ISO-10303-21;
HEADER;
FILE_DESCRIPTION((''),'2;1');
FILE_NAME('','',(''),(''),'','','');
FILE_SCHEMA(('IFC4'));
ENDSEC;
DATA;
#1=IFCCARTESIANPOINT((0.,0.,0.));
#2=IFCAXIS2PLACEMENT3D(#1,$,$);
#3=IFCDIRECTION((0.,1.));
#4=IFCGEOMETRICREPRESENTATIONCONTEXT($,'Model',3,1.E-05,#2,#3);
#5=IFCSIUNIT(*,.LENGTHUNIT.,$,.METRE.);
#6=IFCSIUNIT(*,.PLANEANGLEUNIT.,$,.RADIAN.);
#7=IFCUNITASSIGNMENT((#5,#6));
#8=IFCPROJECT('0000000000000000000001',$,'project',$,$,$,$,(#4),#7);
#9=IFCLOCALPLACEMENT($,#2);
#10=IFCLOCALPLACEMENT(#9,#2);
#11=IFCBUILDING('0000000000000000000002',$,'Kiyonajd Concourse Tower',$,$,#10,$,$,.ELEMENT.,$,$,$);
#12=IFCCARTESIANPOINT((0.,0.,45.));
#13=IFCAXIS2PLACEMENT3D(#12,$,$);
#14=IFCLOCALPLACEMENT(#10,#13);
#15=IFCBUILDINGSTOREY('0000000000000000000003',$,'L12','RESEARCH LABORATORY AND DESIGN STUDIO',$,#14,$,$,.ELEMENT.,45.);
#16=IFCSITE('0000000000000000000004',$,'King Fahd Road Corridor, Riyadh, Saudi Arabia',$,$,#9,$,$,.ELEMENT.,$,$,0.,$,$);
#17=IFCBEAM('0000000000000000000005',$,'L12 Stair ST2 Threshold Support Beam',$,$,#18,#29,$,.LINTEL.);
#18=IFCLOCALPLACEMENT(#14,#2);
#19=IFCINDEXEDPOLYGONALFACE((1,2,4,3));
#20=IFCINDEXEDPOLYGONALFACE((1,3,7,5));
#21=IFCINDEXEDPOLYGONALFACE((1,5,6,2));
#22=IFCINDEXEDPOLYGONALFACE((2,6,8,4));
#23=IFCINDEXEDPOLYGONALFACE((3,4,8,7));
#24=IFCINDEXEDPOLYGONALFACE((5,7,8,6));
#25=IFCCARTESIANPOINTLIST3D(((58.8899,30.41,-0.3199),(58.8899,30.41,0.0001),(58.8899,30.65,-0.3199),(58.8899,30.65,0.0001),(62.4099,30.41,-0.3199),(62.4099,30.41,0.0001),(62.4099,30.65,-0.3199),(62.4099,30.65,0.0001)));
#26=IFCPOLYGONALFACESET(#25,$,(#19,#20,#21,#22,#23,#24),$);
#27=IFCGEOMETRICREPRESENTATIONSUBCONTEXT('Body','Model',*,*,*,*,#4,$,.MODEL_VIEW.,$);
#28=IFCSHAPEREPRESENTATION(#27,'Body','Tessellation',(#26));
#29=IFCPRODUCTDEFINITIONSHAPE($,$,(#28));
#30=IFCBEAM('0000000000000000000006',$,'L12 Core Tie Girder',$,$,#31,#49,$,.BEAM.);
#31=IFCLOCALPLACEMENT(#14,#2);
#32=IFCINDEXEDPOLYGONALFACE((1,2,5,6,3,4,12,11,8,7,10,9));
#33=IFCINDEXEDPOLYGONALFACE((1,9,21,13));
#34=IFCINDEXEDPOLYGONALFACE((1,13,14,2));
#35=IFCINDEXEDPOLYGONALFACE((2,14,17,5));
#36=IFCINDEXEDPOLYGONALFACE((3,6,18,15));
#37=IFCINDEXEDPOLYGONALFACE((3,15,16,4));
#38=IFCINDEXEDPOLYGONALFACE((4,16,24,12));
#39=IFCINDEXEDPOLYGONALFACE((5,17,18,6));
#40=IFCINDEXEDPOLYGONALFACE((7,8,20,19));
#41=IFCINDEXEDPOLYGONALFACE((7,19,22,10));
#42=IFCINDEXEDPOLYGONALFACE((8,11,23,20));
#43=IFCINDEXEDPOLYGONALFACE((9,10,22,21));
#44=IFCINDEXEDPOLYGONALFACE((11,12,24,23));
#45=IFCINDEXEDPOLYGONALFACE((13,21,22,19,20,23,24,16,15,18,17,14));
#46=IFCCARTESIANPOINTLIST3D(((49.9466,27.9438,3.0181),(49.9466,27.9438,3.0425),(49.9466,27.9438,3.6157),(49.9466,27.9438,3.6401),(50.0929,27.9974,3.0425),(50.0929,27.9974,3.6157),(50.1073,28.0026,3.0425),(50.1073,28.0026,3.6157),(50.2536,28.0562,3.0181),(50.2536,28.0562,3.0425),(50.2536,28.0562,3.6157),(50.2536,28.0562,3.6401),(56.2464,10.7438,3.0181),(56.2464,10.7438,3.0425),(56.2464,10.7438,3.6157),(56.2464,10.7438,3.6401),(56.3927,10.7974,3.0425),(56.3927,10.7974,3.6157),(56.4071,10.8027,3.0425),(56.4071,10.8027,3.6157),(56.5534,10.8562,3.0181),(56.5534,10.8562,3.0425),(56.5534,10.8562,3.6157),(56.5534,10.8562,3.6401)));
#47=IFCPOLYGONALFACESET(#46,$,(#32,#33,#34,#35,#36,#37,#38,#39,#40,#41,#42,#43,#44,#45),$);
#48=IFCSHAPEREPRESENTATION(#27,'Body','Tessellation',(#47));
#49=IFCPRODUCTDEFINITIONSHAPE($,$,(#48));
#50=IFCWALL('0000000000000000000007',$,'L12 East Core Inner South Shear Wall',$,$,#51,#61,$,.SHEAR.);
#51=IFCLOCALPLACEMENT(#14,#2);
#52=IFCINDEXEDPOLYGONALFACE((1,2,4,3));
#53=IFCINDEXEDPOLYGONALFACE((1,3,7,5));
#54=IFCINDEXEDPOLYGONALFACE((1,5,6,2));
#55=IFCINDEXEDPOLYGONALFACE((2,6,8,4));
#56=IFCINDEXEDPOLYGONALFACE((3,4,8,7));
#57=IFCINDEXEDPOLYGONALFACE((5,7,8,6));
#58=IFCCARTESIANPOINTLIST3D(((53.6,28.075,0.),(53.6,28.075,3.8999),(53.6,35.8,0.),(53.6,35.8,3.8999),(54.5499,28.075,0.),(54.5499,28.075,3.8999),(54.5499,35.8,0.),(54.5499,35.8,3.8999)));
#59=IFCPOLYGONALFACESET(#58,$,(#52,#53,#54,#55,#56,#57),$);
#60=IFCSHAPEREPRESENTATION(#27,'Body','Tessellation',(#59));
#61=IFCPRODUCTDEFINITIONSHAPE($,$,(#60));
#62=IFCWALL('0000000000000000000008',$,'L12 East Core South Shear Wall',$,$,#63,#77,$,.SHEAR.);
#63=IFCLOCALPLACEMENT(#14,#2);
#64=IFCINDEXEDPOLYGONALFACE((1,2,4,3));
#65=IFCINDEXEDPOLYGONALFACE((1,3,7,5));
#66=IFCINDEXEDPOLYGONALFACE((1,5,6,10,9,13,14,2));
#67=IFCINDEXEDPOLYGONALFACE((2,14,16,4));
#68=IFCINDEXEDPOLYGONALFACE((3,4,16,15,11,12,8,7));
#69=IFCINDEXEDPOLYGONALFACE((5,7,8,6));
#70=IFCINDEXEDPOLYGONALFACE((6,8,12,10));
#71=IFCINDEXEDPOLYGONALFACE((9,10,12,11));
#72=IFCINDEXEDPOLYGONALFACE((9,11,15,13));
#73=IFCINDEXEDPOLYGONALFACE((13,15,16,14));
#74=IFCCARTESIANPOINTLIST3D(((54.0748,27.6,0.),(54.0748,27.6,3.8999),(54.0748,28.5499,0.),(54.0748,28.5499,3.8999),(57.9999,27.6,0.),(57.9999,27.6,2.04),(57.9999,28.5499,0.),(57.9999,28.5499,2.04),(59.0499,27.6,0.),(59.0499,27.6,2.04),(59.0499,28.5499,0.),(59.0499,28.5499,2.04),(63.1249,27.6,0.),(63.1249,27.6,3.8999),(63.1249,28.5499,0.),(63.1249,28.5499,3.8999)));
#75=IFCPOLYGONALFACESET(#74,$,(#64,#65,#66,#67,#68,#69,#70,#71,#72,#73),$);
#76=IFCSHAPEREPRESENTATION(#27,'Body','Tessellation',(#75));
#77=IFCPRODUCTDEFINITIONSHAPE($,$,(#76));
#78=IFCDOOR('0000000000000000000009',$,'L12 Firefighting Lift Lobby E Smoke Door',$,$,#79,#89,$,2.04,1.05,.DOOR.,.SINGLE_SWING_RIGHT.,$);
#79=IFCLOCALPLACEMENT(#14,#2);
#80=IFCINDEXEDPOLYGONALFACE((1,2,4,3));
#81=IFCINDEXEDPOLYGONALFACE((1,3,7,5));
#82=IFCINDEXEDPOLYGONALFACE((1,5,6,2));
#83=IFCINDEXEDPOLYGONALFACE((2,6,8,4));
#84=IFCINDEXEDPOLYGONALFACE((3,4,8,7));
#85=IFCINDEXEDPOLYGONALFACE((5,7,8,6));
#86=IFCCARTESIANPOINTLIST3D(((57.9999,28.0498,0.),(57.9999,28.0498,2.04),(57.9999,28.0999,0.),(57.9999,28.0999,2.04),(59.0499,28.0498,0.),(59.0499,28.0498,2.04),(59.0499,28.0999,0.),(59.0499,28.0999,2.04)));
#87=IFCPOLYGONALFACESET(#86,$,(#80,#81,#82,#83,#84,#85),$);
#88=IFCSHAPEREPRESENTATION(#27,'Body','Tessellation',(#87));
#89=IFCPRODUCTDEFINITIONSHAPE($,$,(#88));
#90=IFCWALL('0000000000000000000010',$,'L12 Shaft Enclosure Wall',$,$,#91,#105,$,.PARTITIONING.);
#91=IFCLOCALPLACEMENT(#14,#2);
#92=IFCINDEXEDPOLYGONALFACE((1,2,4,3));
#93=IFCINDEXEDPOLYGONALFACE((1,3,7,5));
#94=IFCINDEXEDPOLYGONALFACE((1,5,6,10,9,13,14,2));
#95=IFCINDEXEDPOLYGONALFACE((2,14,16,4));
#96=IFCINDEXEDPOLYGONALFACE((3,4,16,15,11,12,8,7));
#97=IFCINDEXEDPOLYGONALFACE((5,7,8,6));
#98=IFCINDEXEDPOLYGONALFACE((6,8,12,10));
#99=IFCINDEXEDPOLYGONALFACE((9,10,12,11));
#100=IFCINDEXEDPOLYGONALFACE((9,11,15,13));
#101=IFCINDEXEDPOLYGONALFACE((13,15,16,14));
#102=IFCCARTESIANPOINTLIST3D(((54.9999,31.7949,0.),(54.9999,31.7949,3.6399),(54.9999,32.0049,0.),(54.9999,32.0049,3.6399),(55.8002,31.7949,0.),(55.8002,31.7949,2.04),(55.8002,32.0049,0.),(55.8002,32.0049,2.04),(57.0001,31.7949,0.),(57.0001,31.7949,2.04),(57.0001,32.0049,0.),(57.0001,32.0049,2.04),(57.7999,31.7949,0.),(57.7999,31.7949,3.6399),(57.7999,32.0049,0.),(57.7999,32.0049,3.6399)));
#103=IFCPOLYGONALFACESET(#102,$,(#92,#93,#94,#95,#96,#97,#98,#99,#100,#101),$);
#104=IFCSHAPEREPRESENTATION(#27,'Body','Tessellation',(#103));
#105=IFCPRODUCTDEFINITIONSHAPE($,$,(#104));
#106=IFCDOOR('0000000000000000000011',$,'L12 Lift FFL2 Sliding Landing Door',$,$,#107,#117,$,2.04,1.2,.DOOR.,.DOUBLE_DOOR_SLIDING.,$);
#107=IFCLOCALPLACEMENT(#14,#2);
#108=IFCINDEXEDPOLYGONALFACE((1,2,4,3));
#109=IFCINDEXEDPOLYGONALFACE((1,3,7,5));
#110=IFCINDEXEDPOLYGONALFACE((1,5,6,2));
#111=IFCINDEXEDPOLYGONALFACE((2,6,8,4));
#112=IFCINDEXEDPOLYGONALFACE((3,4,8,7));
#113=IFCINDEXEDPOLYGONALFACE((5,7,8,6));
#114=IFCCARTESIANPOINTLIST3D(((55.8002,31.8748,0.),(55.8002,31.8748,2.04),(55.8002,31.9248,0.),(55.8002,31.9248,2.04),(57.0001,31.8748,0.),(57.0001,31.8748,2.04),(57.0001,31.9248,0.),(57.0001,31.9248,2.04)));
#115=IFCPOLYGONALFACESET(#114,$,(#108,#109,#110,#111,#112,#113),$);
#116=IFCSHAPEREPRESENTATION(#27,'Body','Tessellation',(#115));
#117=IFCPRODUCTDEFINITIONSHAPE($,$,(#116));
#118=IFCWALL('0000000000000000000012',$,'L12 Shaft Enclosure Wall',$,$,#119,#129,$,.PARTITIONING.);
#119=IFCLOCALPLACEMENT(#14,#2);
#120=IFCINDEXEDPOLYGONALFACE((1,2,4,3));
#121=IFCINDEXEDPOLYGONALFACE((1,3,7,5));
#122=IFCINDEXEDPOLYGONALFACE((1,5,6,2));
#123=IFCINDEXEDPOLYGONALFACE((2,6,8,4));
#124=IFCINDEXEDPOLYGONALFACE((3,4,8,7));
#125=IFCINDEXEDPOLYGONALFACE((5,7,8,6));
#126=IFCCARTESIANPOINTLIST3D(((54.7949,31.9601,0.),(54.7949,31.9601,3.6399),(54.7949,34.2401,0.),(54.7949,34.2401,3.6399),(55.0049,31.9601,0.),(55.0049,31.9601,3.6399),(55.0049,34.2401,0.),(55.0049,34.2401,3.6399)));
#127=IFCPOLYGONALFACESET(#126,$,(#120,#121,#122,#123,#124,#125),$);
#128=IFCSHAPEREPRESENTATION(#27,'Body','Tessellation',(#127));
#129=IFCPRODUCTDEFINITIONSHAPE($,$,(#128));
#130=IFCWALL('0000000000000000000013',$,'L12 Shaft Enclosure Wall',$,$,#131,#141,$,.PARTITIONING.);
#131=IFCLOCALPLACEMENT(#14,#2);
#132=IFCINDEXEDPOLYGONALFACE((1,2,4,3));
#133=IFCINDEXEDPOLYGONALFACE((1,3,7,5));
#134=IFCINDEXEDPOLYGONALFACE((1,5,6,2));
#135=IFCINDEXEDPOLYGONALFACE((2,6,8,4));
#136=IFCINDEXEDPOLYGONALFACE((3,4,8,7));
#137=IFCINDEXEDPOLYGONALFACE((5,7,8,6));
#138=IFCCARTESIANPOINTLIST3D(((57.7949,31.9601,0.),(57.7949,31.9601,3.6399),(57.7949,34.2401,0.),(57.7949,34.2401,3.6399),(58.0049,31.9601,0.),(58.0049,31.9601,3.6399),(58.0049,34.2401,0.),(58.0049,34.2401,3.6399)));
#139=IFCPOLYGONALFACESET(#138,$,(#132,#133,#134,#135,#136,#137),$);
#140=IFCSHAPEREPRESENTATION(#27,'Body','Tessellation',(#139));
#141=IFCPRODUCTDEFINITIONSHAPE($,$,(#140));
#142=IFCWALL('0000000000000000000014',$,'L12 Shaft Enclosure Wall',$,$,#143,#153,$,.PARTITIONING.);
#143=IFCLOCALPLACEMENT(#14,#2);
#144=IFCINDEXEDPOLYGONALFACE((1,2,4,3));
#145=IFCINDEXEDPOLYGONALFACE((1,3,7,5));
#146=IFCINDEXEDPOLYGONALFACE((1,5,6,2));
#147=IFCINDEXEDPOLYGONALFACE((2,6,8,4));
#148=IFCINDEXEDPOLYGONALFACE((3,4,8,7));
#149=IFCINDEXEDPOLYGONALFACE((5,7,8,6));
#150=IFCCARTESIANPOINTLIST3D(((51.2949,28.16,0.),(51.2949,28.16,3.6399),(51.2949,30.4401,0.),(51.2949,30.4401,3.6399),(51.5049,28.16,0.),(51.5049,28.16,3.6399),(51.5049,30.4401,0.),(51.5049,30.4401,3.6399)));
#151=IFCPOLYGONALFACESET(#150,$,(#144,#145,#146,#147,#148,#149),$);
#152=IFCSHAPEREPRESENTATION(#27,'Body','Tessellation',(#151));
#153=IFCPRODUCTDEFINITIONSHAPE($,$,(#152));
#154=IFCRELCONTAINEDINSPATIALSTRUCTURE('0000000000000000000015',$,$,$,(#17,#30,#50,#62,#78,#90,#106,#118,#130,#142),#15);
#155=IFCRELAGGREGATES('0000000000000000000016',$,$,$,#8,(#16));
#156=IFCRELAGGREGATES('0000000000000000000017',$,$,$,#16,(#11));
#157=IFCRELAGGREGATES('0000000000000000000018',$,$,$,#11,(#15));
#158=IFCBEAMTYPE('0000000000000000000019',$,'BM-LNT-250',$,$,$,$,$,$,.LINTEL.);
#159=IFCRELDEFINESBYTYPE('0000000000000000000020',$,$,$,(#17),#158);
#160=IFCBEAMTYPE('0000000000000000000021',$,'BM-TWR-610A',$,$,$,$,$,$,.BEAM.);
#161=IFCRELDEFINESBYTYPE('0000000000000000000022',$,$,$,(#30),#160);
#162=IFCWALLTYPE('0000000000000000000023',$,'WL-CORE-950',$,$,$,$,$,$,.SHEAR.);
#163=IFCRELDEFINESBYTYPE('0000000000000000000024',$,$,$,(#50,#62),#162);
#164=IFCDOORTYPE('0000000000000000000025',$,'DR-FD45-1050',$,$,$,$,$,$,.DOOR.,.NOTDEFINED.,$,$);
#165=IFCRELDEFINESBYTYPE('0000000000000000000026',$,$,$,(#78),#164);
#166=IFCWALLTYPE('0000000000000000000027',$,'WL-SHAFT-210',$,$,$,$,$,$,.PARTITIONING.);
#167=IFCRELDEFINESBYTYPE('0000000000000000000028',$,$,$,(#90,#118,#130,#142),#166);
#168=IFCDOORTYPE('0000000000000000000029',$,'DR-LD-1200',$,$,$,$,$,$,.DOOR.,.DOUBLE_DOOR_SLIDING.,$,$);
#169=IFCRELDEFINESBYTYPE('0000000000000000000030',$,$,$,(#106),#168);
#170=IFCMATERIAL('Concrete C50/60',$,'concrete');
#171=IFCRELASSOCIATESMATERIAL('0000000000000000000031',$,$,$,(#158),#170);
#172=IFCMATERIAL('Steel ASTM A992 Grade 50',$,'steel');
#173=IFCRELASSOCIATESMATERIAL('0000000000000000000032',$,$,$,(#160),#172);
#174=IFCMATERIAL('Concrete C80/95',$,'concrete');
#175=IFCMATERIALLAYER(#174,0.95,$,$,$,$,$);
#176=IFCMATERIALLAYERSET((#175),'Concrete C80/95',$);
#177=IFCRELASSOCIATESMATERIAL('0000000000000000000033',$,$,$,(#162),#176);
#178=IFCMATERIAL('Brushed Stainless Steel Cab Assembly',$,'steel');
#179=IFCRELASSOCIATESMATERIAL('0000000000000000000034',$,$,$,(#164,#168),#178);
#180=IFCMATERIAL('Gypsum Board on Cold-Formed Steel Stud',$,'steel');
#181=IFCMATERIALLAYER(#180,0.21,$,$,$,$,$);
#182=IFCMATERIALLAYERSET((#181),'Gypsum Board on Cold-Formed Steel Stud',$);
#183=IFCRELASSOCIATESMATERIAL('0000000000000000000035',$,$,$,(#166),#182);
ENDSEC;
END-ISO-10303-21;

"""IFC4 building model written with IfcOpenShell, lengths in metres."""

from ifc_helpers import new_model, si_unit, direction, frame, frame_2d, origin, origin_2d, place, context, subcontext, project, spatial, rectangle, i_section, extrude, material, layer, layer_set, material_profile, profile_set, type_object, element, fill, save


model = new_model("IFC4")

# Units and contexts
model_context = context("Model", 3, precision=1e-05, world=origin(), true_north=direction((0.0, 1.0)))
body_context = subcontext(model_context, "Body", "Model", "MODEL_VIEW")
ifc_project = project(units=[si_unit("LENGTHUNIT", "METRE"), si_unit("PLANEANGLEUNIT", "RADIAN")], contexts=[model_context])

# Site, building, storey
site_placement = place(None, origin())
site = spatial("IfcSite", under=ifc_project, at=site_placement, Name="King Fahd Road Corridor, Riyadh, Saudi Arabia", CompositionType="ELEMENT", RefElevation=0.0)
building_placement = place(site_placement, origin())
building = spatial("IfcBuilding", under=site, at=building_placement, Name="Kiyonajd Concourse Tower", CompositionType="ELEMENT")
storey_placement = place(building_placement, frame((0.0, 0.0, 45.0)))
storey = spatial("IfcBuildingStorey", under=building, at=storey_placement, Name="L12", Description="RESEARCH LABORATORY AND DESIGN STUDIO", CompositionType="ELEMENT", Elevation=45.0)

# Beams
ifc_material_1 = material(Name="Concrete C50/60", Category="concrete")
ifc_material_profile_1 = material_profile(ifc_material_1, rectangle(XDim=0.24, YDim=0.3201, at=origin_2d()), Name="RCBM-240x320")
ifc_profile_set_1 = profile_set([ifc_material_profile_1], Name="Concrete C50/60")
beam_type_1 = type_object("IfcBeamType", Name="BM-LNT-250", PredefinedType="LINTEL", material=ifc_profile_set_1)
beam_1_placement = place(storey_placement, frame((58.8899, 30.53, -0.1599), z_axis=(1.0, 0.0, 0.0), x_axis=(0.0, 1.0, 0.0)))
element("IfcBeam", 1, at=beam_1_placement, inside=storey, type_object=beam_type_1, Name="L12 Stair ST2 Threshold Support Beam", PredefinedType="LINTEL", context=body_context, shape_type="SweptSolid", body=[
    extrude(rectangle(XDim=0.24, YDim=0.3201, at=origin_2d()), origin(), (0.0, 0.0, 1.0), 3.52),
])
ifc_material_2 = material(Name="Steel ASTM A992 Grade 50", Category="steel")
ifc_material_profile_2 = material_profile(ifc_material_2, i_section(OverallWidth=0.3269, OverallDepth=0.6221, WebThickness=0.0154, FlangeThickness=0.0244, at=origin_2d()), Name="W610X195")
ifc_profile_set_2 = profile_set([ifc_material_profile_2], Name="Steel ASTM A992 Grade 50")
beam_type_2 = type_object("IfcBeamType", Name="BM-TWR-610A", PredefinedType="BEAM", material=ifc_profile_set_2)
beam_2_placement = place(storey_placement, frame((50.1001, 28.0, 3.3291), z_axis=(0.343925, -0.938997, 0.0), x_axis=(0.938997, 0.343925, 0.0)))
element("IfcBeam", 2, at=beam_2_placement, inside=storey, type_object=beam_type_2, Name="L12 Core Tie Girder", PredefinedType="BEAM", context=body_context, shape_type="SweptSolid", body=[
    extrude(i_section(OverallWidth=0.3269, OverallDepth=0.6221, WebThickness=0.0154, FlangeThickness=0.0244, at=origin_2d()), origin(), (0.0, 0.0, 1.0), 18.3174),
])

# Wall
ifc_material_3 = material(Name="Concrete C80/95", Category="concrete")
ifc_layer_1 = layer(ifc_material_3, 0.95)
ifc_layer_set_1 = layer_set([ifc_layer_1], Name="Concrete C80/95")
wall_type_1 = type_object("IfcWallType", Name="WL-CORE-950", PredefinedType="SHEAR", material=ifc_layer_set_1)
wall_1_placement = place(storey_placement, frame((54.075, 28.075, 0.0), z_axis=(0.0, 0.0, 1.0), x_axis=(0.0, 1.0, 0.0)))
element("IfcWall", 3, at=wall_1_placement, inside=storey, type_object=wall_type_1, Name="L12 East Core Inner South Shear Wall", PredefinedType="SHEAR", context=body_context, shape_type="SweptSolid", body=[
    extrude(rectangle(XDim=7.7251, YDim=0.95, at=frame_2d((3.8625, 0.0))), origin(), (0.0, 0.0, 1.0), 3.8999),
])

# Walls, openings, doors
wall_2_placement = place(storey_placement, frame((54.075, 28.075, 0.0), z_axis=(0.0, 0.0, 1.0), x_axis=(1.0, 0.0, 0.0)))
wall_2 = element("IfcWall", 4, at=wall_2_placement, inside=storey, type_object=wall_type_1, Name="L12 East Core South Shear Wall", PredefinedType="SHEAR", context=body_context, shape_type="SweptSolid", body=[
    extrude(rectangle(XDim=9.05, YDim=0.95, at=frame_2d((4.5249, 0.0))), origin(), (0.0, 0.0, 1.0), 3.8999),
])
opening_1_placement = place(wall_2_placement, frame((3.925, 0.0, 0.0)))
opening_1 = element("IfcOpeningElement", 5, at=opening_1_placement, cuts=wall_2, PredefinedType="OPENING", context=body_context, shape_type="SweptSolid", body=[
    extrude(rectangle(XDim=1.05, YDim=2.04, at=frame_2d((0.5249, 1.02))), frame((0.0, 0.4849, 0.0), z_axis=(0.0, -1.0, 0.0), x_axis=(1.0, 0.0, 0.0)), (0.0, 0.0, 1.0), 0.97),
])
ifc_material_4 = material(Name="Brushed Stainless Steel Cab Assembly", Category="steel")
door_type_1 = type_object("IfcDoorType", Name="DR-FD45-1050", OperationType="NOTDEFINED", PredefinedType="DOOR", material=ifc_material_4)
door_1_placement = place(opening_1_placement, origin())
door_1 = element("IfcDoor", 6, at=door_1_placement, inside=storey, type_object=door_type_1, Name="L12 Firefighting Lift Lobby E Smoke Door", OperationType="SINGLE_SWING_RIGHT", OverallHeight=2.04, OverallWidth=1.05, PredefinedType="DOOR", context=body_context, shape_type="SweptSolid", body=[
    extrude(rectangle(XDim=1.05, YDim=2.04, at=frame_2d((0.5249, 1.02))), frame((0.0, 0.0249, 0.0), z_axis=(0.0, -1.0, 0.0), x_axis=(1.0, 0.0, 0.0)), (0.0, 0.0, 1.0), 0.05),
])
fill(opening_1, door_1)
ifc_material_5 = material(Name="Gypsum Board on Cold-Formed Steel Stud", Category="steel")
ifc_layer_2 = layer(ifc_material_5, 0.21)
ifc_layer_set_2 = layer_set([ifc_layer_2], Name="Gypsum Board on Cold-Formed Steel Stud")
wall_type_2 = type_object("IfcWallType", Name="WL-SHAFT-210", PredefinedType="PARTITIONING", material=ifc_layer_set_2)
wall_3_placement = place(storey_placement, frame((55.0, 31.8999, 0.0), z_axis=(0.0, 0.0, 1.0), x_axis=(1.0, 0.0, 0.0)))
wall_3 = element("IfcWall", 7, at=wall_3_placement, inside=storey, type_object=wall_type_2, Name="L12 Shaft Enclosure Wall", PredefinedType="PARTITIONING", context=body_context, shape_type="SweptSolid", body=[
    extrude(rectangle(XDim=2.8, YDim=0.21, at=frame_2d((1.3999, 0.0))), origin(), (0.0, 0.0, 1.0), 3.6399),
])
opening_2_placement = place(wall_3_placement, frame((0.8, 0.0, 0.0)))
opening_2 = element("IfcOpeningElement", 8, at=opening_2_placement, cuts=wall_3, PredefinedType="OPENING", context=body_context, shape_type="SweptSolid", body=[
    extrude(rectangle(XDim=1.2, YDim=2.04, at=frame_2d((0.6001, 1.02))), frame((0.0, 0.115, 0.0), z_axis=(0.0, -1.0, 0.0), x_axis=(1.0, 0.0, 0.0)), (0.0, 0.0, 1.0), 0.23),
])
door_type_2 = type_object("IfcDoorType", Name="DR-LD-1200", OperationType="DOUBLE_DOOR_SLIDING", PredefinedType="DOOR", material=ifc_material_4)
door_2_placement = place(opening_2_placement, origin())
door_2 = element("IfcDoor", 9, at=door_2_placement, inside=storey, type_object=door_type_2, Name="L12 Lift FFL2 Sliding Landing Door", OperationType="DOUBLE_DOOR_SLIDING", OverallHeight=2.04, OverallWidth=1.2, PredefinedType="DOOR", context=body_context, shape_type="SweptSolid", body=[
    extrude(rectangle(XDim=1.2, YDim=2.04, at=frame_2d((0.6001, 1.02))), frame((0.0, 0.0249, 0.0), z_axis=(0.0, -1.0, 0.0), x_axis=(1.0, 0.0, 0.0)), (0.0, 0.0, 1.0), 0.05),
])
fill(opening_2, door_2)

# Walls
for number, where, z_axis, x_axis, name in (
    (10, (54.8999, 31.96, 0.0), (0.0, 0.0, 1.0), (0.0, 1.0, 0.0), "L12 Shaft Enclosure Wall"),
    (11, (57.8999, 31.96, 0.0), (0.0, 0.0, 1.0), (0.0, 1.0, 0.0), "L12 Shaft Enclosure Wall"),
    (12, (51.3999, 28.1599, 0.0), (0.0, 0.0, 1.0), (0.0, 1.0, 0.0), "L12 Shaft Enclosure Wall"),
):
    element("IfcWall", number, at=place(storey_placement, frame(where, z_axis=z_axis, x_axis=x_axis)), inside=storey, type_object=wall_type_2, Name=name, PredefinedType="PARTITIONING", context=body_context, shape_type="SweptSolid", body=[
        extrude(rectangle(XDim=2.28, YDim=0.21, at=frame_2d((1.1401, 0.0))), origin(), (0.0, 0.0, 1.0), 3.6399),
    ])

save(model, "model.ifc")
